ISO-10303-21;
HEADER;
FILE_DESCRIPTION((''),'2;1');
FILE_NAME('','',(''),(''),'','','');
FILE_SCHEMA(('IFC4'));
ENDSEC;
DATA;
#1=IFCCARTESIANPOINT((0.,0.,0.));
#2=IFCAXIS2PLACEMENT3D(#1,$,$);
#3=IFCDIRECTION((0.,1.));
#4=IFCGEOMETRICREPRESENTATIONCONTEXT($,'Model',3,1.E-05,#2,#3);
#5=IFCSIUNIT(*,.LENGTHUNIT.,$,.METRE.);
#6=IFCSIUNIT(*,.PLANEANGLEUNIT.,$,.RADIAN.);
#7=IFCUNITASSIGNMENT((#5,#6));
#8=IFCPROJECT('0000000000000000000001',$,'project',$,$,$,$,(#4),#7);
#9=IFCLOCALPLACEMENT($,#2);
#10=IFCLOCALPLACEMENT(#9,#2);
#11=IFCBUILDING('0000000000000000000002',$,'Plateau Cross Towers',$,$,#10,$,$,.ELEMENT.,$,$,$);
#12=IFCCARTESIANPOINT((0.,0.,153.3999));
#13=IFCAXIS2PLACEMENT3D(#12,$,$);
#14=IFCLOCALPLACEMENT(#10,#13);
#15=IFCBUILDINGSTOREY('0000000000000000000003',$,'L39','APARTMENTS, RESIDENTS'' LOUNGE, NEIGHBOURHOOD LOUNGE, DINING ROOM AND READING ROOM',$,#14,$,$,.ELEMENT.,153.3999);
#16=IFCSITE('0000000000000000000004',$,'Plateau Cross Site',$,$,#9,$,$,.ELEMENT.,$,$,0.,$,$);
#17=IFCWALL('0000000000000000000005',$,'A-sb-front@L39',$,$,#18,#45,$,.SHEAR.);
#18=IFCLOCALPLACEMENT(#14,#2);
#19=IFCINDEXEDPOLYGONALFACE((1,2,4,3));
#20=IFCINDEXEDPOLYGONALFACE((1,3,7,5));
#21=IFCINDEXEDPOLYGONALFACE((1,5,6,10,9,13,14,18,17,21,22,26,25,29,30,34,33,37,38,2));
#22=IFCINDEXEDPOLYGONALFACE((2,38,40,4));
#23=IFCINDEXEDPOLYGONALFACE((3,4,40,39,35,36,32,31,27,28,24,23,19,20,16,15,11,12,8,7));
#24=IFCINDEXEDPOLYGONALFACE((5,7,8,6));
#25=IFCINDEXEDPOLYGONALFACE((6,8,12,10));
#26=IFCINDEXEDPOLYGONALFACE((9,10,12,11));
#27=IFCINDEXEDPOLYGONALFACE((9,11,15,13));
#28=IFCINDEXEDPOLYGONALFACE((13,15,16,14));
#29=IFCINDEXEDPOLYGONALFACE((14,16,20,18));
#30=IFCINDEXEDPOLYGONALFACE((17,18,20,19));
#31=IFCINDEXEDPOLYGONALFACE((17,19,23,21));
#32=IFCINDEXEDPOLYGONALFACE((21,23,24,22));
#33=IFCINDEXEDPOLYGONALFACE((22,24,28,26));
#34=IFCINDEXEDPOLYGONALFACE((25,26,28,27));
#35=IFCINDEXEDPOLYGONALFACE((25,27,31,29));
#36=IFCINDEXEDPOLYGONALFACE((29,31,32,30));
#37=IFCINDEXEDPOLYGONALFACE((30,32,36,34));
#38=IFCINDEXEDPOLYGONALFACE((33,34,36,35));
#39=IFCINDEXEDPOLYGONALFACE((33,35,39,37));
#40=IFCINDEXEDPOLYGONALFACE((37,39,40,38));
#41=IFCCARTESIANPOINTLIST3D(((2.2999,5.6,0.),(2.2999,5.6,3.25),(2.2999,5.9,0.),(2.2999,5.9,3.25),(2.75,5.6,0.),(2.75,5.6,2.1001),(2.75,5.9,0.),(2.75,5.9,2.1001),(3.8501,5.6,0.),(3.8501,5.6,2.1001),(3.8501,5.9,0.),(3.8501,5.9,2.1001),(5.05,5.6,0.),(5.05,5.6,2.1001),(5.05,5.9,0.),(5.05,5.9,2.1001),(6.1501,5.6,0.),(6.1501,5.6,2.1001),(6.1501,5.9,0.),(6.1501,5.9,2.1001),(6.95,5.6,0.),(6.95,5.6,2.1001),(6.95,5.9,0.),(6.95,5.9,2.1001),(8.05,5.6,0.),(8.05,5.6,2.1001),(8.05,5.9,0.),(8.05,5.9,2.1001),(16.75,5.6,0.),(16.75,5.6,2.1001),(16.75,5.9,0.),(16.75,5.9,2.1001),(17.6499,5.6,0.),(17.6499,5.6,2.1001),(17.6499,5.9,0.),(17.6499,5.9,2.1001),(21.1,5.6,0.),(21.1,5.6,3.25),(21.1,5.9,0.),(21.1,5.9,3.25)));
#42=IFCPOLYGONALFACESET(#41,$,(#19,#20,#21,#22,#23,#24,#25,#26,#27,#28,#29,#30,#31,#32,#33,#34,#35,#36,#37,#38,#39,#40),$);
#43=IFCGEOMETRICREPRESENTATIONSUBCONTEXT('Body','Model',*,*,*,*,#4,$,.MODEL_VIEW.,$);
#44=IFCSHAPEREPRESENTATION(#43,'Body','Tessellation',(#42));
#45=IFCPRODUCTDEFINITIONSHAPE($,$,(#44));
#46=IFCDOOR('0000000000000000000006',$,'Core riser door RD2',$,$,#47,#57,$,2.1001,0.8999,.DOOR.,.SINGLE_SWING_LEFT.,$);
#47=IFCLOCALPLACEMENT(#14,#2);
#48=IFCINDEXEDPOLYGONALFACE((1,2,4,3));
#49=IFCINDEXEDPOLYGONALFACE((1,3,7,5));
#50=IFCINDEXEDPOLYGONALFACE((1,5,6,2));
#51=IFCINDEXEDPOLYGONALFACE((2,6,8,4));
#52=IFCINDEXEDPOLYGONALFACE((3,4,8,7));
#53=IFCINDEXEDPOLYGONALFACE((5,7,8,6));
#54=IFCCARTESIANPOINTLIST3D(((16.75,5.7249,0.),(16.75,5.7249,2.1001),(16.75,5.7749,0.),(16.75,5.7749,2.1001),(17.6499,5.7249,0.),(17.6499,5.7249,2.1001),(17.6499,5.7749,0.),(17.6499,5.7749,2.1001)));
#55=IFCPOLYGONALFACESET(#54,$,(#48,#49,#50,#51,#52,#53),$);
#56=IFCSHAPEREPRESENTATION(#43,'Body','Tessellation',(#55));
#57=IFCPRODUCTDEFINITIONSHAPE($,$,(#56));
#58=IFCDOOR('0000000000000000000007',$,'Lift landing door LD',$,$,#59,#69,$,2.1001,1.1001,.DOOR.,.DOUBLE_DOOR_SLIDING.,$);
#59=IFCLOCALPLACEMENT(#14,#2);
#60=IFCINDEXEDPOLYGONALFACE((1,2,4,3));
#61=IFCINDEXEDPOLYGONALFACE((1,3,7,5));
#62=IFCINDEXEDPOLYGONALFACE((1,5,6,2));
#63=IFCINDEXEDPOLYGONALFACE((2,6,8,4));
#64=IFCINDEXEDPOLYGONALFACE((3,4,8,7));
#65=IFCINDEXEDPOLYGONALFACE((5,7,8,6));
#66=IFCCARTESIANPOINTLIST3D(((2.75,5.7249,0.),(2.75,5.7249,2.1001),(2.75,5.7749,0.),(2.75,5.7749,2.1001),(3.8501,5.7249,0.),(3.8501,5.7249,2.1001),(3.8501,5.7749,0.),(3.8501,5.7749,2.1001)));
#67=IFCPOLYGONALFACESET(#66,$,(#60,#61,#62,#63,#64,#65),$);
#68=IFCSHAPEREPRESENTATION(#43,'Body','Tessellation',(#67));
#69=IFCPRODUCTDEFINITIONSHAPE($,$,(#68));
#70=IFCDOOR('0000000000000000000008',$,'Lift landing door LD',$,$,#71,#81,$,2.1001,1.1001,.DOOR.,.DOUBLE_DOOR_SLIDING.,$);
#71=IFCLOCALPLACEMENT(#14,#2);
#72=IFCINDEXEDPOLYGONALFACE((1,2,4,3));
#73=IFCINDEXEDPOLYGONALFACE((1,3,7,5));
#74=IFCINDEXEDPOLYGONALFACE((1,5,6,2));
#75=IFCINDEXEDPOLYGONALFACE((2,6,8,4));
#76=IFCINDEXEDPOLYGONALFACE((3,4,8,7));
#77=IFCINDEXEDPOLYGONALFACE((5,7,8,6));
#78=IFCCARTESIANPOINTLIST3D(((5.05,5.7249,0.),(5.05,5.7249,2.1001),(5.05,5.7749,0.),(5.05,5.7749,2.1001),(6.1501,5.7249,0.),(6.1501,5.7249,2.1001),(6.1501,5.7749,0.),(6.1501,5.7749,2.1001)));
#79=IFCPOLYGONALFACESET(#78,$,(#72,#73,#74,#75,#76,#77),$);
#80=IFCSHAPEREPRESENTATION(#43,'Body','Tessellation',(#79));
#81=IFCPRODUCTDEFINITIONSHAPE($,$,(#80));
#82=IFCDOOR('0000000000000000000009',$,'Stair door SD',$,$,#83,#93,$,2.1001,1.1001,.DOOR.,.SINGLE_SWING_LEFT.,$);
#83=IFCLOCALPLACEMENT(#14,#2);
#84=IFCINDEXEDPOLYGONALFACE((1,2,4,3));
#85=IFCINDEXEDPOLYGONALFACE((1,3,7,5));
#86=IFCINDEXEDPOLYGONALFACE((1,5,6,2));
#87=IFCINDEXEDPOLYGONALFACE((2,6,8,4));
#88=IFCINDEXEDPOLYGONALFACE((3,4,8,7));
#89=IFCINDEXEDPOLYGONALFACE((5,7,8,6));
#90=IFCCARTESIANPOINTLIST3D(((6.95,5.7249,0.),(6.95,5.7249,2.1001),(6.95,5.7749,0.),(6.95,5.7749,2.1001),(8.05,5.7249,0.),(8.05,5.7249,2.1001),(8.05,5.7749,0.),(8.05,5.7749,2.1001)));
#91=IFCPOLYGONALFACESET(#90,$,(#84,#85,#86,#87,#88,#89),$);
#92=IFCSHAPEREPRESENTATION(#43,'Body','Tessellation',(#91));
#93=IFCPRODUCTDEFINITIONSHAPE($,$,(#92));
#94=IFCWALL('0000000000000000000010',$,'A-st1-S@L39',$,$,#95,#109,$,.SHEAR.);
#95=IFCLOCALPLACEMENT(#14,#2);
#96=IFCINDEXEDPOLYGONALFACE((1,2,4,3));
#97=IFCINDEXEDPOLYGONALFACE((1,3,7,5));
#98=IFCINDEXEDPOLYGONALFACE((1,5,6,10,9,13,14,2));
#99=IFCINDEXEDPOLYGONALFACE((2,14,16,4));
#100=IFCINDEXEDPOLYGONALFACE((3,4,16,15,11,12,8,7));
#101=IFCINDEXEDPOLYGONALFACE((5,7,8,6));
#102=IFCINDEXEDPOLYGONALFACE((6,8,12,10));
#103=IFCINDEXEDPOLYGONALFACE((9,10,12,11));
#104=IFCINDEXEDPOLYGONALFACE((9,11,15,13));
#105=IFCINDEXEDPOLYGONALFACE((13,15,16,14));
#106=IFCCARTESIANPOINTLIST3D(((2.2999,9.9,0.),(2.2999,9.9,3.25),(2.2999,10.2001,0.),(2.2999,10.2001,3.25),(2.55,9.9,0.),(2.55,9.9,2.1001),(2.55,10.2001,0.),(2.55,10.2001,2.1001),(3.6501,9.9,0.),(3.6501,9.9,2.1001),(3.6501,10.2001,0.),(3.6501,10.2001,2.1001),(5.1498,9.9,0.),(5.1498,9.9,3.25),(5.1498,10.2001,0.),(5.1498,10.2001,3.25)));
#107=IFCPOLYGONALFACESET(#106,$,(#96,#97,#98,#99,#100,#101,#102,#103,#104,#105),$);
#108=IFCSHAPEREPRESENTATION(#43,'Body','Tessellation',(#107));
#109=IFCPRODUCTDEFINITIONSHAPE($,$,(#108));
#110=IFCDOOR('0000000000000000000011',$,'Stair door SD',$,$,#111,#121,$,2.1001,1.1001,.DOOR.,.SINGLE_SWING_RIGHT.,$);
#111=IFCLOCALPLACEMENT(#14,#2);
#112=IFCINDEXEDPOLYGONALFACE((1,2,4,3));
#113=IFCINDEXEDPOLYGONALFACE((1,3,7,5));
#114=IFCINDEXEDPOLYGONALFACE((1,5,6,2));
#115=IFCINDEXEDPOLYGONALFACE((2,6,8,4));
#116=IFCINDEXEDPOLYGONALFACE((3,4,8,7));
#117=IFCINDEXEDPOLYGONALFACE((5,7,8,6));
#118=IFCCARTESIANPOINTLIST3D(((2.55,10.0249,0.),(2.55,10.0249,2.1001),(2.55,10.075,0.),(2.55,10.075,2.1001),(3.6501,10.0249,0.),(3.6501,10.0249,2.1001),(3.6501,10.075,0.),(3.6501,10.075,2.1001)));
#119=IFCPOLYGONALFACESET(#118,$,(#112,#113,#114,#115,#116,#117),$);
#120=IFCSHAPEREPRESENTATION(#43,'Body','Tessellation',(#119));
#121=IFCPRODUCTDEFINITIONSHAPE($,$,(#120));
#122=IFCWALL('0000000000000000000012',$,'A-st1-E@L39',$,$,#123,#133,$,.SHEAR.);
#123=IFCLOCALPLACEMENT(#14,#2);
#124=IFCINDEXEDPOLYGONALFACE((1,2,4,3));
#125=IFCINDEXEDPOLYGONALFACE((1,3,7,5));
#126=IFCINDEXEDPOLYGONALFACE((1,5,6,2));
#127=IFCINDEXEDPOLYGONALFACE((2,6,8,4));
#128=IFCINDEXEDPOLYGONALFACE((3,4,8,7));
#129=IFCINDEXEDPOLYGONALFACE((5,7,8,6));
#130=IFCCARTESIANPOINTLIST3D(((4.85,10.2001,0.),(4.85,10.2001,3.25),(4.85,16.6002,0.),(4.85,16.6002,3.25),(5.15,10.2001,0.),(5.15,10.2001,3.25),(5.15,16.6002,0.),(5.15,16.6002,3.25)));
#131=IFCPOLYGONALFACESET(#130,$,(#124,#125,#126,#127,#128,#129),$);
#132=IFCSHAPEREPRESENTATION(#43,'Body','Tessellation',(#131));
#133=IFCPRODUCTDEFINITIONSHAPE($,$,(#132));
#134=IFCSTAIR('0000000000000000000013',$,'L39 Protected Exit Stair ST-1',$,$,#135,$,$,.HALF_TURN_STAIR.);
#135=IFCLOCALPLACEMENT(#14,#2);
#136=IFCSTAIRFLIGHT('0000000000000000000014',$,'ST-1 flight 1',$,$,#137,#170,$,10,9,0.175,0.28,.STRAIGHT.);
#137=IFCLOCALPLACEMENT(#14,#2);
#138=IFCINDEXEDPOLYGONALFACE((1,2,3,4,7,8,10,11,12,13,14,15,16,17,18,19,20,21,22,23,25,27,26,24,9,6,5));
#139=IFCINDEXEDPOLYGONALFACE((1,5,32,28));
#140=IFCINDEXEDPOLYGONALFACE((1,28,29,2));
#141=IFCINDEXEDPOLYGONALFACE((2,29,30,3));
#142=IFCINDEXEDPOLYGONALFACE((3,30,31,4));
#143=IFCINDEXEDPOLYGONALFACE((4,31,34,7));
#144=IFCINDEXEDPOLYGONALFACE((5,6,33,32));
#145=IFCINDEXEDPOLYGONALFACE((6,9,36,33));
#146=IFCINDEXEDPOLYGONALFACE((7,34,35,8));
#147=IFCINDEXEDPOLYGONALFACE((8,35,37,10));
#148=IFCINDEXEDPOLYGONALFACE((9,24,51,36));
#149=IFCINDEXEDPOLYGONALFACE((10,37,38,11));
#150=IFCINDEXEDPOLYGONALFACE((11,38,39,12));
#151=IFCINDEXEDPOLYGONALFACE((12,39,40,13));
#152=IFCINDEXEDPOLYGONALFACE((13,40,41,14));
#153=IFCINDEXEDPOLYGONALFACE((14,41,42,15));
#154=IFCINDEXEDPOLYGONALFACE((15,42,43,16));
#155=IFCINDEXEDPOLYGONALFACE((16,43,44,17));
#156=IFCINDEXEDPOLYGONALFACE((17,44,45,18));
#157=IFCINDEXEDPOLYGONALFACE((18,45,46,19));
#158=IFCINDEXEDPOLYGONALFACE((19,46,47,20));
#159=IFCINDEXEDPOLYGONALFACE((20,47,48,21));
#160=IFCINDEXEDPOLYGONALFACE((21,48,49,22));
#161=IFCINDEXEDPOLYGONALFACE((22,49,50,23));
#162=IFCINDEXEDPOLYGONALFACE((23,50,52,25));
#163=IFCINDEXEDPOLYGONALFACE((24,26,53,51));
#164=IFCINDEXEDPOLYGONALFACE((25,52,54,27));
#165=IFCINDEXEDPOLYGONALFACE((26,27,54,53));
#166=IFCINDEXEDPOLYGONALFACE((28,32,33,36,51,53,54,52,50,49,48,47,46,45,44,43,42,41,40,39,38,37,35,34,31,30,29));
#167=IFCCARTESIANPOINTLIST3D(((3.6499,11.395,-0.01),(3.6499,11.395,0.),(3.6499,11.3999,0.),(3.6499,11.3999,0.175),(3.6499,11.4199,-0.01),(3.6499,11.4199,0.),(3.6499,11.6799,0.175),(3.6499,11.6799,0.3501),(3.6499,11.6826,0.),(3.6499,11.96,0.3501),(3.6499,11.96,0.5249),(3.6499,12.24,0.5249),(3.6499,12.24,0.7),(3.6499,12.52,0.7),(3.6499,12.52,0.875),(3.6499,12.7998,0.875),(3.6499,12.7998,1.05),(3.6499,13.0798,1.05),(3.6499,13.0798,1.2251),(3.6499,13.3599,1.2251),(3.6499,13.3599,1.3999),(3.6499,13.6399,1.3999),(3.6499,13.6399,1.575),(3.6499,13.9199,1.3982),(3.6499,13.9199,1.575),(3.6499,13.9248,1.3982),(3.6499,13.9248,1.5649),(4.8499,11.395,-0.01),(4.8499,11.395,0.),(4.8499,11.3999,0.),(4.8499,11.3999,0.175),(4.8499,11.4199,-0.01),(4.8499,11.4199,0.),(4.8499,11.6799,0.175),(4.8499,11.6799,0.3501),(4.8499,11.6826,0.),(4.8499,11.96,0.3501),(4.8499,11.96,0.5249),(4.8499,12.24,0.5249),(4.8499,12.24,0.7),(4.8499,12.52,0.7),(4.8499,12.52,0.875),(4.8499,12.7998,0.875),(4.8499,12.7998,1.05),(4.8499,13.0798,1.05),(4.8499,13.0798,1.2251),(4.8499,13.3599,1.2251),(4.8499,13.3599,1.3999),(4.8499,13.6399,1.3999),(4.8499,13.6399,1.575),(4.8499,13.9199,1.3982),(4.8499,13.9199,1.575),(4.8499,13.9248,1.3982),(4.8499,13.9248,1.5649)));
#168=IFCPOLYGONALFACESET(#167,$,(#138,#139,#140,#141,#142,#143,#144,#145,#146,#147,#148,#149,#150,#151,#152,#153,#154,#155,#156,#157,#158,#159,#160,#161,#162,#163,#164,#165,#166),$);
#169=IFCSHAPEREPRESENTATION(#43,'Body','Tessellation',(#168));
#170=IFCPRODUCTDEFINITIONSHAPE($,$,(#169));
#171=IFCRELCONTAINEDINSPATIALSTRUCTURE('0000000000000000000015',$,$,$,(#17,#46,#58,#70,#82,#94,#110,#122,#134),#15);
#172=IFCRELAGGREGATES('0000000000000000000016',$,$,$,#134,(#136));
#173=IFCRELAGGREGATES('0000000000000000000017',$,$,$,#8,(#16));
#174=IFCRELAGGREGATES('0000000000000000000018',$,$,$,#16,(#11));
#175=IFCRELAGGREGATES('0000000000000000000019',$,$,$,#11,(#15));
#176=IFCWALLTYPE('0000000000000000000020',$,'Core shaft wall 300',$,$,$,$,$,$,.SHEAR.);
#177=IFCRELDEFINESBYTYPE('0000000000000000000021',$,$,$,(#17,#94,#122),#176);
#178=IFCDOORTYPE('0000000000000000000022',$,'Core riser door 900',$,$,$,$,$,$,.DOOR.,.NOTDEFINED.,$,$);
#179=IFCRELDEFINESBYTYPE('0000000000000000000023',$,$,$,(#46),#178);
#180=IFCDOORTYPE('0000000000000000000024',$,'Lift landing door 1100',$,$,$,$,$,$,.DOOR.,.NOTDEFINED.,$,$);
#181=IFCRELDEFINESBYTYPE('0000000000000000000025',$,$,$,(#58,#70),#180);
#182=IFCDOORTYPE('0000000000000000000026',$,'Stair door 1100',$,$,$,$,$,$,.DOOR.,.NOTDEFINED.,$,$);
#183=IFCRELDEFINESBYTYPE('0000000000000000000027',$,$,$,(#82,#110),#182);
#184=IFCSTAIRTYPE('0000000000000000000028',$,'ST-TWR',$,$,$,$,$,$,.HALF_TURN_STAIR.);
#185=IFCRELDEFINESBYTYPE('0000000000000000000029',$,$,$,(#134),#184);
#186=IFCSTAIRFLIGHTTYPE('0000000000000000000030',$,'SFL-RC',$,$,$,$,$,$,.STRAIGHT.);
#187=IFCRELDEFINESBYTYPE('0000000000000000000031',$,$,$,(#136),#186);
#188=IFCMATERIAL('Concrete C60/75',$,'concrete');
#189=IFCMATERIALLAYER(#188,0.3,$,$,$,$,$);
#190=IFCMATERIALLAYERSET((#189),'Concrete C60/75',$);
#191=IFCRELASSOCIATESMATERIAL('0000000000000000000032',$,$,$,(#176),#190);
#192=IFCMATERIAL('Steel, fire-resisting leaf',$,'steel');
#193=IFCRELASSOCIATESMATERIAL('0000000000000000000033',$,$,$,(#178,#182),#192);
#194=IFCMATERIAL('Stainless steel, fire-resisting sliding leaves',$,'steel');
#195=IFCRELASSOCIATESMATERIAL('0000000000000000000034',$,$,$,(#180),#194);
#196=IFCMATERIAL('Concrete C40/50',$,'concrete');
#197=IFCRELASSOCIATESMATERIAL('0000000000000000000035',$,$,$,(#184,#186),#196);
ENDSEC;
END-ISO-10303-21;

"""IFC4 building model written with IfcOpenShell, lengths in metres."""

from ifc_helpers import new_model, si_unit, direction, frame, frame_2d, origin, place, context, subcontext, project, spatial, polyline, rectangle, outline, extrude, material, layer, layer_set, type_object, element, fill, aggregate, save


model = new_model("IFC4")

# Units and contexts
model_context = context("Model", 3, precision=1e-05, world=origin(), true_north=direction((0.0, 1.0)))
body_context = subcontext(model_context, "Body", "Model", "MODEL_VIEW")
ifc_project = project(units=[si_unit("LENGTHUNIT", "METRE"), si_unit("PLANEANGLEUNIT", "RADIAN")], contexts=[model_context])

# Site, building, storey
site_placement = place(None, origin())
site = spatial("IfcSite", under=ifc_project, at=site_placement, Name="Plateau Cross Site", CompositionType="ELEMENT", RefElevation=0.0)
building_placement = place(site_placement, origin())
building = spatial("IfcBuilding", under=site, at=building_placement, Name="Plateau Cross Towers", CompositionType="ELEMENT")
storey_placement = place(building_placement, frame((0.0, 0.0, 153.3999)))
storey = spatial("IfcBuildingStorey", under=building, at=storey_placement, Name="L39", Description="APARTMENTS, RESIDENTS' LOUNGE, NEIGHBOURHOOD LOUNGE, DINING ROOM AND READING ROOM", CompositionType="ELEMENT", Elevation=153.3999)

# Shared definitions
ifc_material_1 = material(Name="Steel, fire-resisting leaf", Category="steel")

# Wall, openings, doors
ifc_material_2 = material(Name="Concrete C60/75", Category="concrete")
ifc_layer_1 = layer(ifc_material_2, 0.3)
ifc_layer_set_1 = layer_set([ifc_layer_1], Name="Concrete C60/75")
wall_type_1 = type_object("IfcWallType", Name="Core shaft wall 300", PredefinedType="SHEAR", material=ifc_layer_set_1)
wall_1_placement = place(storey_placement, frame((2.3, 5.75, 0.0), z_axis=(0.0, 0.0, 1.0), x_axis=(1.0, 0.0, 0.0)))
wall_1 = element("IfcWall", 1, at=wall_1_placement, inside=storey, type_object=wall_type_1, Name="A-sb-front@L39", PredefinedType="SHEAR", context=body_context, shape_type="SweptSolid", body=[
    extrude(rectangle(XDim=18.8, YDim=0.3, at=frame_2d((9.3999, 0.0))), origin(), (0.0, 0.0, 1.0), 3.25),
])
opening_1_placement = place(wall_1_placement, frame((4.6499, 0.0, 0.0)))
opening_1 = element("IfcOpeningElement", 2, at=opening_1_placement, cuts=wall_1, PredefinedType="OPENING", context=body_context, shape_type="SweptSolid", body=[
    extrude(rectangle(XDim=1.1001, YDim=2.1001, at=frame_2d((0.55, 1.05))), frame((0.0, 0.1599, 0.0), z_axis=(0.0, -1.0, 0.0), x_axis=(1.0, 0.0, 0.0)), (0.0, 0.0, 1.0), 0.3201),
])
opening_2_placement = place(wall_1_placement, frame((0.45, 0.0, 0.0)))
opening_2 = element("IfcOpeningElement", 3, at=opening_2_placement, cuts=wall_1, PredefinedType="OPENING", context=body_context, shape_type="SweptSolid", body=[
    extrude(rectangle(XDim=1.1001, YDim=2.1001, at=frame_2d((0.55, 1.05))), frame((0.0, 0.1599, 0.0), z_axis=(0.0, -1.0, 0.0), x_axis=(1.0, 0.0, 0.0)), (0.0, 0.0, 1.0), 0.3201),
])
opening_3_placement = place(wall_1_placement, frame((2.75, 0.0, 0.0)))
opening_3 = element("IfcOpeningElement", 4, at=opening_3_placement, cuts=wall_1, PredefinedType="OPENING", context=body_context, shape_type="SweptSolid", body=[
    extrude(rectangle(XDim=1.1001, YDim=2.1001, at=frame_2d((0.55, 1.05))), frame((0.0, 0.1599, 0.0), z_axis=(0.0, -1.0, 0.0), x_axis=(1.0, 0.0, 0.0)), (0.0, 0.0, 1.0), 0.3201),
])
opening_4_placement = place(wall_1_placement, frame((14.45, 0.0, 0.0)))
opening_4 = element("IfcOpeningElement", 5, at=opening_4_placement, cuts=wall_1, PredefinedType="OPENING", context=body_context, shape_type="SweptSolid", body=[
    extrude(rectangle(XDim=0.8999, YDim=2.1001, at=frame_2d((0.45, 1.05))), frame((0.0, 0.1599, 0.0), z_axis=(0.0, -1.0, 0.0), x_axis=(1.0, 0.0, 0.0)), (0.0, 0.0, 1.0), 0.3201),
])
door_type_1 = type_object("IfcDoorType", Name="Core riser door 900", OperationType="NOTDEFINED", PredefinedType="DOOR", material=ifc_material_1)
door_1_placement = place(opening_4_placement, origin())
door_1 = element("IfcDoor", 6, at=door_1_placement, inside=storey, type_object=door_type_1, Name="Core riser door RD2", OperationType="SINGLE_SWING_LEFT", OverallHeight=2.1001, OverallWidth=0.8999, PredefinedType="DOOR", context=body_context, shape_type="SweptSolid", body=[
    extrude(rectangle(XDim=0.8999, YDim=2.1001, at=frame_2d((0.45, 1.05))), frame((0.0, 0.0249, 0.0), z_axis=(0.0, -1.0, 0.0), x_axis=(1.0, 0.0, 0.0)), (0.0, 0.0, 1.0), 0.05),
])
fill(opening_4, door_1)
ifc_material_3 = material(Name="Stainless steel, fire-resisting sliding leaves", Category="steel")
door_type_2 = type_object("IfcDoorType", Name="Lift landing door 1100", OperationType="NOTDEFINED", PredefinedType="DOOR", material=ifc_material_3)
door_2_placement = place(opening_2_placement, origin())
door_2 = element("IfcDoor", 7, at=door_2_placement, inside=storey, type_object=door_type_2, Name="Lift landing door LD", OperationType="DOUBLE_DOOR_SLIDING", OverallHeight=2.1001, OverallWidth=1.1001, PredefinedType="DOOR", context=body_context, shape_type="SweptSolid", body=[
    extrude(rectangle(XDim=1.1001, YDim=2.1001, at=frame_2d((0.55, 1.05))), frame((0.0, 0.0249, 0.0), z_axis=(0.0, -1.0, 0.0), x_axis=(1.0, 0.0, 0.0)), (0.0, 0.0, 1.0), 0.05),
])
fill(opening_2, door_2)
door_3_placement = place(opening_3_placement, origin())
door_3 = element("IfcDoor", 8, at=door_3_placement, inside=storey, type_object=door_type_2, Name="Lift landing door LD", OperationType="DOUBLE_DOOR_SLIDING", OverallHeight=2.1001, OverallWidth=1.1001, PredefinedType="DOOR", context=body_context, shape_type="SweptSolid", body=[
    extrude(rectangle(XDim=1.1001, YDim=2.1001, at=frame_2d((0.55, 1.05))), frame((0.0, 0.0249, 0.0), z_axis=(0.0, -1.0, 0.0), x_axis=(1.0, 0.0, 0.0)), (0.0, 0.0, 1.0), 0.05),
])
fill(opening_3, door_3)
door_type_3 = type_object("IfcDoorType", Name="Stair door 1100", OperationType="NOTDEFINED", PredefinedType="DOOR", material=ifc_material_1)
door_4_placement = place(opening_1_placement, origin())
door_4 = element("IfcDoor", 9, at=door_4_placement, inside=storey, type_object=door_type_3, Name="Stair door SD", OperationType="SINGLE_SWING_LEFT", OverallHeight=2.1001, OverallWidth=1.1001, PredefinedType="DOOR", context=body_context, shape_type="SweptSolid", body=[
    extrude(rectangle(XDim=1.1001, YDim=2.1001, at=frame_2d((0.55, 1.05))), frame((0.0, 0.0249, 0.0), z_axis=(0.0, -1.0, 0.0), x_axis=(1.0, 0.0, 0.0)), (0.0, 0.0, 1.0), 0.05),
])
fill(opening_1, door_4)

# Wall, opening, door
wall_2_placement = place(storey_placement, frame((2.3, 10.05, 0.0), z_axis=(0.0, 0.0, 1.0), x_axis=(1.0, 0.0, 0.0)))
wall_2 = element("IfcWall", 10, at=wall_2_placement, inside=storey, type_object=wall_type_1, Name="A-st1-S@L39", PredefinedType="SHEAR", context=body_context, shape_type="SweptSolid", body=[
    extrude(rectangle(XDim=2.8499, YDim=0.3, at=frame_2d((1.4248, 0.0))), origin(), (0.0, 0.0, 1.0), 3.25),
])
opening_5_placement = place(wall_2_placement, frame((0.25, 0.0, 0.0)))
opening_5 = element("IfcOpeningElement", 11, at=opening_5_placement, cuts=wall_2, PredefinedType="OPENING", context=body_context, shape_type="SweptSolid", body=[
    extrude(rectangle(XDim=1.1001, YDim=2.1001, at=frame_2d((0.55, 1.05))), frame((0.0, 0.1599, 0.0), z_axis=(0.0, -1.0, 0.0), x_axis=(1.0, 0.0, 0.0)), (0.0, 0.0, 1.0), 0.3201),
])
door_5_placement = place(opening_5_placement, origin())
door_5 = element("IfcDoor", 12, at=door_5_placement, inside=storey, type_object=door_type_3, Name="Stair door SD", OperationType="SINGLE_SWING_RIGHT", OverallHeight=2.1001, OverallWidth=1.1001, PredefinedType="DOOR", context=body_context, shape_type="SweptSolid", body=[
    extrude(rectangle(XDim=1.1001, YDim=2.1001, at=frame_2d((0.55, 1.05))), frame((0.0, 0.0249, 0.0), z_axis=(0.0, -1.0, 0.0), x_axis=(1.0, 0.0, 0.0)), (0.0, 0.0, 1.0), 0.05),
])
fill(opening_5, door_5)

# Wall
wall_3_placement = place(storey_placement, frame((5.0, 10.2, 0.0), z_axis=(0.0, 0.0, 1.0), x_axis=(0.0, 1.0, 0.0)))
element("IfcWall", 13, at=wall_3_placement, inside=storey, type_object=wall_type_1, Name="A-st1-E@L39", PredefinedType="SHEAR", context=body_context, shape_type="SweptSolid", body=[
    extrude(rectangle(XDim=6.4001, YDim=0.3, at=frame_2d((3.2002, 0.0))), origin(), (0.0, 0.0, 1.0), 3.25),
])

# Stair, stair flight
ifc_material_4 = material(Name="Concrete C40/50", Category="concrete")
stair_type = type_object("IfcStairType", Name="ST-TWR", PredefinedType="HALF_TURN_STAIR", material=ifc_material_4)
stair_1_placement = place(storey_placement, origin())
stair_1 = element("IfcStair", 14, at=stair_1_placement, inside=storey, type_object=stair_type, Name="L39 Protected Exit Stair ST-1", PredefinedType="HALF_TURN_STAIR")
stair_flight_type = type_object("IfcStairFlightType", Name="SFL-RC", PredefinedType="STRAIGHT", material=ifc_material_4)
stair_flight_1_placement = place(storey_placement, frame((4.25, 11.3999, 0.0), z_axis=(0.0, 0.0, 1.0), x_axis=(0.0, 1.0, 0.0)))
stair_flight_1 = element("IfcStairFlight", 15, at=stair_flight_1_placement, type_object=stair_flight_type, Name="ST-1 flight 1", NumberOfRisers=10, NumberOfTreads=9, PredefinedType="STRAIGHT", RiserHeight=0.175, TreadLength=0.28, context=body_context, shape_type="SweptSolid", body=[
    extrude(outline(polyline([(-0.0049, -0.01), (-0.0049, 0.0), (0.0, 0.0), (0.0, 0.175), (0.28, 0.175), (0.28, 0.3501), (0.5601, 0.3501), (0.5601, 0.5249), (0.8401, 0.5249), (0.8401, 0.7), (1.1201, 0.7), (1.1201, 0.875), (1.3999, 0.875), (1.3999, 1.05), (1.6799, 1.05), (1.6799, 1.2251), (1.96, 1.2251), (1.96, 1.3999), (2.24, 1.3999), (2.24, 1.575), (2.52, 1.575), (2.5249, 1.5649), (2.5249, 1.3982), (2.52, 1.3982), (0.2827, 0.0), (0.02, 0.0), (0.02, -0.01), (-0.0049, -0.01)])), frame((0.0, 0.6001, 0.0), z_axis=(0.0, -1.0, 0.0), x_axis=(1.0, 0.0, 0.0)), (0.0, 0.0, 1.0), 1.2),
])
aggregate(stair_1, [stair_flight_1])

save(model, "model.ifc")
